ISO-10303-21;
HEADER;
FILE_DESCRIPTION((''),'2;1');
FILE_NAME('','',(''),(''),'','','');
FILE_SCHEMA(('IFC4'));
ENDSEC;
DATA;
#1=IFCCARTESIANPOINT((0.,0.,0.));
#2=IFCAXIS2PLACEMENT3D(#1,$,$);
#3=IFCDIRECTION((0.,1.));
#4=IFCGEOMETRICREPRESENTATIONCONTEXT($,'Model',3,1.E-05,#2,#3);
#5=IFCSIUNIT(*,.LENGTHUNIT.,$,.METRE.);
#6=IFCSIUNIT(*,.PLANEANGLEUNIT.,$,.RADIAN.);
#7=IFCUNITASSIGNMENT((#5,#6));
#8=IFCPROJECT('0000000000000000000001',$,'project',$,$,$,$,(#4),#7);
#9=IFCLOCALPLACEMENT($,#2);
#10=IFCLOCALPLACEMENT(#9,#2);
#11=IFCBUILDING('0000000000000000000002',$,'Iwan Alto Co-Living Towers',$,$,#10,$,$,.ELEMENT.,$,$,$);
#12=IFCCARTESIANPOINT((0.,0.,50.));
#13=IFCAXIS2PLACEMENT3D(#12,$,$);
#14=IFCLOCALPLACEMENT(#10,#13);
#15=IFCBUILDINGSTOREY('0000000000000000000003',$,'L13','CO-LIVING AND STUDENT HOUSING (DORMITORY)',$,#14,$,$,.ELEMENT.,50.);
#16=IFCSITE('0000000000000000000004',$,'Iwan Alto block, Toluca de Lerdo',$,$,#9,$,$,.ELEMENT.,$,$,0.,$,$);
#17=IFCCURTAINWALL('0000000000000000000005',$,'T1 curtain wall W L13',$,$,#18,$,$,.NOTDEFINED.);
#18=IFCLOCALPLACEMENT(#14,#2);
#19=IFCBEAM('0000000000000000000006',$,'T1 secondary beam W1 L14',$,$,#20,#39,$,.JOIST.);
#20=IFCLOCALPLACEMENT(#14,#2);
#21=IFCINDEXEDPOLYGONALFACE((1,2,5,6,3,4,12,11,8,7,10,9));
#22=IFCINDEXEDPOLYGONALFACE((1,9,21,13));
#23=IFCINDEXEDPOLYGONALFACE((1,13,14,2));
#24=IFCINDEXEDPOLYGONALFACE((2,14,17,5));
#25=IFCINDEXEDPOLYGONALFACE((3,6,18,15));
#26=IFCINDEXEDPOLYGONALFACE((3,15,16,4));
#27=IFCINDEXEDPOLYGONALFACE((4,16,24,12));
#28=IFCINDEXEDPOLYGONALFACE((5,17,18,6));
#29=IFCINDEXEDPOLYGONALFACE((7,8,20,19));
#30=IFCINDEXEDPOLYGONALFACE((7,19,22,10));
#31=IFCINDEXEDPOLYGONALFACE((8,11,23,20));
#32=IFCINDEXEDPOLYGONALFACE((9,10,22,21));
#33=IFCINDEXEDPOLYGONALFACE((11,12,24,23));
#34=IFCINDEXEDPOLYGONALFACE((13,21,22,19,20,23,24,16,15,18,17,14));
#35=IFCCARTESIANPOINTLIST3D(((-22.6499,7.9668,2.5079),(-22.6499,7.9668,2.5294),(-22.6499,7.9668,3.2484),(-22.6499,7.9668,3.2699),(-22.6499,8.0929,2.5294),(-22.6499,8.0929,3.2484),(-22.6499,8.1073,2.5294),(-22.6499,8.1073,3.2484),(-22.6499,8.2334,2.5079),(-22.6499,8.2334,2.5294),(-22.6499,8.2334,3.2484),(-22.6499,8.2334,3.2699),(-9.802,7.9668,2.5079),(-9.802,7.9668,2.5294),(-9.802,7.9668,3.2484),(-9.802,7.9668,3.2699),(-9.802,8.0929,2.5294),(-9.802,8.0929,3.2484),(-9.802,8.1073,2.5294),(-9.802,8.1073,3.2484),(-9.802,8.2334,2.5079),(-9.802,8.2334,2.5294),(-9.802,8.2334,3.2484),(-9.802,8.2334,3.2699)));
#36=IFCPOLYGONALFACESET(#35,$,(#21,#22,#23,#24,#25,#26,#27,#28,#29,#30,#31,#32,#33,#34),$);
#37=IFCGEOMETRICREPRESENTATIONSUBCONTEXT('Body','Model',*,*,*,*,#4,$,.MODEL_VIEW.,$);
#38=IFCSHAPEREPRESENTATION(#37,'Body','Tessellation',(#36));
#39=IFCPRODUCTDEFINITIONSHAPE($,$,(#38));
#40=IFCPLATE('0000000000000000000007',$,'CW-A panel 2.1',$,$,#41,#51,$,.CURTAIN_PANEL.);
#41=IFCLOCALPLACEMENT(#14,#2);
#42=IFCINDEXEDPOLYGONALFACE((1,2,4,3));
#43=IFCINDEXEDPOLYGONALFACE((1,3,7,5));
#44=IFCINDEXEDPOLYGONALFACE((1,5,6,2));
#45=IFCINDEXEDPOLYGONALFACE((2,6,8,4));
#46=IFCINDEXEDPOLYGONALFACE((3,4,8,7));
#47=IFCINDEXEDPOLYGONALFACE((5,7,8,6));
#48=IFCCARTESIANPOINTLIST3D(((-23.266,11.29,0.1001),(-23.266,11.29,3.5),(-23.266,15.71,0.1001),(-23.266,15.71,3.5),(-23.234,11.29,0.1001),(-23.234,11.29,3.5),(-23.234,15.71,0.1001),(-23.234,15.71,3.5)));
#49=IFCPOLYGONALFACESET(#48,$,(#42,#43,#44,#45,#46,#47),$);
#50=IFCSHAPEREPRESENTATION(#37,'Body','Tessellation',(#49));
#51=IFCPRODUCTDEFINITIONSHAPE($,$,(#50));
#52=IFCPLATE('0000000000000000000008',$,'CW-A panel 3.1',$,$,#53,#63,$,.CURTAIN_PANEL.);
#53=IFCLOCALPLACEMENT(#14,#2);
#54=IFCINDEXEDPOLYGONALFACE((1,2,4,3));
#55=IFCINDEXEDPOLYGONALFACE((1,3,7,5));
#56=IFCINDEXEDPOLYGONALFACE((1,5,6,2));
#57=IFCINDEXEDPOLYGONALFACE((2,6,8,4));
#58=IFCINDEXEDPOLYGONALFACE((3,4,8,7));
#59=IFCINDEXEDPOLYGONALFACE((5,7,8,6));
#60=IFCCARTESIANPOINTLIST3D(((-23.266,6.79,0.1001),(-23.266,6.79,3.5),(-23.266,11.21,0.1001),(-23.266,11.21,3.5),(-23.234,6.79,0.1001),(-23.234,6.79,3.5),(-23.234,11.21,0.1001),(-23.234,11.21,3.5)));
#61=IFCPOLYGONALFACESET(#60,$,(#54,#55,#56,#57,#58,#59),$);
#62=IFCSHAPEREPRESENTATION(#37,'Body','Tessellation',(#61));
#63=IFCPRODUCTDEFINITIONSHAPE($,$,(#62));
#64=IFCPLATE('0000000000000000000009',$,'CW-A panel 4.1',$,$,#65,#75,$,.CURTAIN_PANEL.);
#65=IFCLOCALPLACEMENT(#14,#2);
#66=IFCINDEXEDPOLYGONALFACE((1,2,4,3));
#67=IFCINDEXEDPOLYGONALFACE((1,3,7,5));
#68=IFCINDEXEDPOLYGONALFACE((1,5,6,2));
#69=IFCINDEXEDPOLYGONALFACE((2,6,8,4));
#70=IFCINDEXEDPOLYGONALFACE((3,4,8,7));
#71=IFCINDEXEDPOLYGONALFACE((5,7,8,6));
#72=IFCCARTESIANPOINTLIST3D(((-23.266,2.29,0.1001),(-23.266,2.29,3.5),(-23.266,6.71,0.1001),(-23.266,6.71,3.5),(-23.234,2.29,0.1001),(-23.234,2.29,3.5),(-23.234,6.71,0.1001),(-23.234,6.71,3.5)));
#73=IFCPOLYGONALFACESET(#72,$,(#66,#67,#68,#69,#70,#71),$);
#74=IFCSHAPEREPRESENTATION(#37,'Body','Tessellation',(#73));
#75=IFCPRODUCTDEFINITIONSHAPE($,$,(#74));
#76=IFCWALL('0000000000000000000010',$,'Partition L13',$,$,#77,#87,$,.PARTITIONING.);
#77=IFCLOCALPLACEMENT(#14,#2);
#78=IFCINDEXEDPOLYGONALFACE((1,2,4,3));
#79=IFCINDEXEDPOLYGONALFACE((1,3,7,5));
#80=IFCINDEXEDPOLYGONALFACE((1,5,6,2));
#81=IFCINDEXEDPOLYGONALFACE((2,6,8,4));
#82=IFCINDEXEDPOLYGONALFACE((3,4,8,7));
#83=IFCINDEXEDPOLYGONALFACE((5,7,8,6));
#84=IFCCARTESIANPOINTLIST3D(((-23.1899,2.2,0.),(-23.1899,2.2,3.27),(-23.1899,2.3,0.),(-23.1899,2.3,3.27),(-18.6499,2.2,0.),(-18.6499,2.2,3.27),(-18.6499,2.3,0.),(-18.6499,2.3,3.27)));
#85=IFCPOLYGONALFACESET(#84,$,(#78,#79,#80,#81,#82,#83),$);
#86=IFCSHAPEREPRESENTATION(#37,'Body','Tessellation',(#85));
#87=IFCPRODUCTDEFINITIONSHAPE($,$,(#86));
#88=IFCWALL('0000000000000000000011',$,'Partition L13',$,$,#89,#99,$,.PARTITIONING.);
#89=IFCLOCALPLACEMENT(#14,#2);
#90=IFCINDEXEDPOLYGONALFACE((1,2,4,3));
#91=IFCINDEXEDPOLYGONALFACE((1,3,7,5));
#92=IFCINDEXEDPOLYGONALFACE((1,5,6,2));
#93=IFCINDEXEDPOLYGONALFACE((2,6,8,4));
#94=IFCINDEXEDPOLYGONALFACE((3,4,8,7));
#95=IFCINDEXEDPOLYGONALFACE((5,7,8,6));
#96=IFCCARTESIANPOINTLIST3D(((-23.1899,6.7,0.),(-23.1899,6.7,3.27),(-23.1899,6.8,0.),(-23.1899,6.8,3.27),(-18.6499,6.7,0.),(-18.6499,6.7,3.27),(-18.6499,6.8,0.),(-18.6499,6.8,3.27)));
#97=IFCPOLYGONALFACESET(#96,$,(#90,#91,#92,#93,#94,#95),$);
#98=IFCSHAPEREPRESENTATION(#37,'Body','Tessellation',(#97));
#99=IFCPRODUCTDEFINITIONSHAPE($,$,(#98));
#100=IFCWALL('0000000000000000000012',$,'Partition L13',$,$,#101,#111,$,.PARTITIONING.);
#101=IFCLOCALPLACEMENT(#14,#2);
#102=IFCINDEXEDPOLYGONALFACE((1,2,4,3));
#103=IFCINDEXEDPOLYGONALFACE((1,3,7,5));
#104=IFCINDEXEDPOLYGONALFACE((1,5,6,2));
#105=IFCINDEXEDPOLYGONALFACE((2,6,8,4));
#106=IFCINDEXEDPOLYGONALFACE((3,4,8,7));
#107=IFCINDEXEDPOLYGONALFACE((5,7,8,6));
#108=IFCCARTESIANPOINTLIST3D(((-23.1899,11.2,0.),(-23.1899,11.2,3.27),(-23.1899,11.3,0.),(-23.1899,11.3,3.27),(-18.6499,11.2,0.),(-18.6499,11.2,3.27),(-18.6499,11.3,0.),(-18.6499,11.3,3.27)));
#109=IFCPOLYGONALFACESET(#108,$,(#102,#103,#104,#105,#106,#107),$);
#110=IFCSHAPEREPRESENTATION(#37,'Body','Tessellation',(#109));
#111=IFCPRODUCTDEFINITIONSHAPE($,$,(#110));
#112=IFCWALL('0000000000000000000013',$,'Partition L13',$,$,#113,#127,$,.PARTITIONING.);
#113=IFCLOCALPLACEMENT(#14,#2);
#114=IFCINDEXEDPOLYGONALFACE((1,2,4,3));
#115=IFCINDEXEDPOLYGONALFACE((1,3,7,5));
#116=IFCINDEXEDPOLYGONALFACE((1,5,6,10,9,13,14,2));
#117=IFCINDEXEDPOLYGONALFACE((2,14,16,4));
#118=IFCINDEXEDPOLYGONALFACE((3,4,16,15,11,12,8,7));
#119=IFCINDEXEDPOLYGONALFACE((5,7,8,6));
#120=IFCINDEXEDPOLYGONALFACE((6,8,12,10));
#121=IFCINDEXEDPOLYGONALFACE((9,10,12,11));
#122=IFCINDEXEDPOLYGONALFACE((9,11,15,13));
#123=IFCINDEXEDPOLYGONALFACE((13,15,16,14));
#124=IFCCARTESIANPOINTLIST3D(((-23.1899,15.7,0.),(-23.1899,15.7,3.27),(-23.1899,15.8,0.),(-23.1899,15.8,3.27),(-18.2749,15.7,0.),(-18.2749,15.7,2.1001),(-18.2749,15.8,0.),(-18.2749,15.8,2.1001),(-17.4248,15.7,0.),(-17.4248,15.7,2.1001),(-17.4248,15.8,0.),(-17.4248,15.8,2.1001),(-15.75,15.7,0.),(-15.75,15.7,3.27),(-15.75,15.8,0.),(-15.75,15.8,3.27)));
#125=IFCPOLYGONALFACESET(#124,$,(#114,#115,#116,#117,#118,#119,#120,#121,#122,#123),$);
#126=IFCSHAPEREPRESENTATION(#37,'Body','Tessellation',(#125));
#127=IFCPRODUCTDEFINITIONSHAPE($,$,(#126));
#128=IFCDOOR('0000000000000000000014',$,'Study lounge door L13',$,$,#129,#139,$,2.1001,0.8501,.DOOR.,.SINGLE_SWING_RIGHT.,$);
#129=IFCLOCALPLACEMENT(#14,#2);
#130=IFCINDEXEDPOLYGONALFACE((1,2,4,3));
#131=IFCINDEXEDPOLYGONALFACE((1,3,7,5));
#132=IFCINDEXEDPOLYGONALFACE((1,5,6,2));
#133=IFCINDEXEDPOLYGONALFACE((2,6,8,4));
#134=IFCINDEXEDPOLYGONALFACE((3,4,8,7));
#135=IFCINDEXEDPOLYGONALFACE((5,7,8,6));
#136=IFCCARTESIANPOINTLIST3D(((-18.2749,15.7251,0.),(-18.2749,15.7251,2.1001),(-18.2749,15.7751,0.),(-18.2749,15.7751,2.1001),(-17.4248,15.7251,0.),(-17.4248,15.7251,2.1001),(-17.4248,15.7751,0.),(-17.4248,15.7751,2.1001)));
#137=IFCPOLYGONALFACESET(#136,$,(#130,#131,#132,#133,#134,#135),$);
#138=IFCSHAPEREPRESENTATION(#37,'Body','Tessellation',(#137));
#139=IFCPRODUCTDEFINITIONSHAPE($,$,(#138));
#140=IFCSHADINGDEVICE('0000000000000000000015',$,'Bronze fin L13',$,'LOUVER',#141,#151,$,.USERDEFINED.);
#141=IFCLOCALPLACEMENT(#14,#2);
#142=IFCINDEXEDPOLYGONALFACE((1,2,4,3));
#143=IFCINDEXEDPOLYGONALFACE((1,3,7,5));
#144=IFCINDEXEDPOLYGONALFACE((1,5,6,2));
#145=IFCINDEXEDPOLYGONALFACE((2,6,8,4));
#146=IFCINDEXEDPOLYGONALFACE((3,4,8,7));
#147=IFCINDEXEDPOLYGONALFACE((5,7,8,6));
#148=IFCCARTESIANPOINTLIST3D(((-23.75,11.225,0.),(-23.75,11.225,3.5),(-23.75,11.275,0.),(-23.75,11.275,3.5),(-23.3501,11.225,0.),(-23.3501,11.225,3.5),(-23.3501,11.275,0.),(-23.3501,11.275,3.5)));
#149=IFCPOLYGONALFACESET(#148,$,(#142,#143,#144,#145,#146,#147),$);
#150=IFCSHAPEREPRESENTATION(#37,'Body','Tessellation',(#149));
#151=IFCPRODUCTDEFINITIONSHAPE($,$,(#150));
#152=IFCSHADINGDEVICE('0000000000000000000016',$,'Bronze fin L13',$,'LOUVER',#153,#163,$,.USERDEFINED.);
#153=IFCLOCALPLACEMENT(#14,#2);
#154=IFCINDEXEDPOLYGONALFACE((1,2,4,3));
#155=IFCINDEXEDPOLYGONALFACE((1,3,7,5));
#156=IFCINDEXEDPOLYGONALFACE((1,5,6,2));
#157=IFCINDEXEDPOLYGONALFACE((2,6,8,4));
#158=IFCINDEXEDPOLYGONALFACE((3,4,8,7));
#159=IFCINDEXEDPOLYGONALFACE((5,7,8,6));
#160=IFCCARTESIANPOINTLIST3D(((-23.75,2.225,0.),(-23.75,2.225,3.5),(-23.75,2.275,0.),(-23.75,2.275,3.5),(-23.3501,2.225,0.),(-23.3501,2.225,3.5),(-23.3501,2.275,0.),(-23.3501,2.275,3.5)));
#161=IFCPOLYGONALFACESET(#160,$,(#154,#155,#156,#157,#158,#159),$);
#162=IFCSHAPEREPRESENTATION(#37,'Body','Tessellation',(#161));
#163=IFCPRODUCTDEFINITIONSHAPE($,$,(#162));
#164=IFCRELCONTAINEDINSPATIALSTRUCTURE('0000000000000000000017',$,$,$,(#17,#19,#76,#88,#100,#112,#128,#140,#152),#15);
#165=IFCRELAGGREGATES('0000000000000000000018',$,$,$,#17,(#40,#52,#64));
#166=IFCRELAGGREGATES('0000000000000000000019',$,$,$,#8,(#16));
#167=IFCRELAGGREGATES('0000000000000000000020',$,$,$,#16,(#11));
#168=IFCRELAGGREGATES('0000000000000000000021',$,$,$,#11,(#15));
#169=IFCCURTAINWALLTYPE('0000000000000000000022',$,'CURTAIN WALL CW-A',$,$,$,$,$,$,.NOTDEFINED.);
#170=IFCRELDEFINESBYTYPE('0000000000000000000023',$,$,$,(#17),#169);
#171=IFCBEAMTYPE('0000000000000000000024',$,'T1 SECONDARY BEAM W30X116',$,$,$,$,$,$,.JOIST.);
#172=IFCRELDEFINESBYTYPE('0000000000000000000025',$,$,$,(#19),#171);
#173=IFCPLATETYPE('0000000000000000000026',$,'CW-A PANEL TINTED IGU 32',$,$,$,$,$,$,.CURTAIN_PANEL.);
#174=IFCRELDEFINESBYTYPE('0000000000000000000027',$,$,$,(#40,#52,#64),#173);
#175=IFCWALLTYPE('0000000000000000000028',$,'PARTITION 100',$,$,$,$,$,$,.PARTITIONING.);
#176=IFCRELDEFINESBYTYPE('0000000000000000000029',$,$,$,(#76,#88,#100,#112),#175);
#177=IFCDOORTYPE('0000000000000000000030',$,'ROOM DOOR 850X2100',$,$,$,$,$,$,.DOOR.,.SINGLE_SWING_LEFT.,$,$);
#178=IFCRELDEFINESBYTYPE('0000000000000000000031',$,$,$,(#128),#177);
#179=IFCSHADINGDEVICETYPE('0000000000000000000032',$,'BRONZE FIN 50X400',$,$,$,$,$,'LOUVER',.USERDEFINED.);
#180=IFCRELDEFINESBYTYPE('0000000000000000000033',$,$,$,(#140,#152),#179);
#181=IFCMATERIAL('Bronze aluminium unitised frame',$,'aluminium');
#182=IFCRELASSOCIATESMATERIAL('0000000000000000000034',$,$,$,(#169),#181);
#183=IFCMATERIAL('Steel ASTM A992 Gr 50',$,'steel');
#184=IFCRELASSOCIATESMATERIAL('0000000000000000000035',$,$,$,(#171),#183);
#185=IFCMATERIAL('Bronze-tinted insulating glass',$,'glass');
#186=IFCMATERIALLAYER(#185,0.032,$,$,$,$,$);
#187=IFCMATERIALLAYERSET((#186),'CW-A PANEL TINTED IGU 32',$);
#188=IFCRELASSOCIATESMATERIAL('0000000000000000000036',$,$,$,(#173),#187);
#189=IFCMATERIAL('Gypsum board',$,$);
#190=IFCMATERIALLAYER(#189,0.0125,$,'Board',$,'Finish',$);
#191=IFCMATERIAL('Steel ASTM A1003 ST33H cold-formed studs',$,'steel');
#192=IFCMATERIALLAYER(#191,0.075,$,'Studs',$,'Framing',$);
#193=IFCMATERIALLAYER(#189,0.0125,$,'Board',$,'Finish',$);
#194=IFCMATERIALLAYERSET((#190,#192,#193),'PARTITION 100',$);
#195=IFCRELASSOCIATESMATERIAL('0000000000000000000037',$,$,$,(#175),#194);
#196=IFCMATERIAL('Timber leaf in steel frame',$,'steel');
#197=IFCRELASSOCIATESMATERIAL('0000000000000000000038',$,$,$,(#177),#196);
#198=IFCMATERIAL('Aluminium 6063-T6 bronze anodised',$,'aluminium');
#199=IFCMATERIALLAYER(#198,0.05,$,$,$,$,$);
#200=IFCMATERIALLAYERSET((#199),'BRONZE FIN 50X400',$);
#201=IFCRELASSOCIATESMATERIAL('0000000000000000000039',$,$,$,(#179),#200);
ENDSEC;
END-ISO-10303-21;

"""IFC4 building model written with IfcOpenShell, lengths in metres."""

from ifc_helpers import new_model, si_unit, direction, frame, frame_2d, origin, origin_2d, place, context, subcontext, project, spatial, rectangle, i_section, extrude, material, layer, layer_set, material_profile, profile_set, type_object, element, fill, aggregate, save


model = new_model("IFC4")

# Units and contexts
model_context = context("Model", 3, precision=1e-05, world=origin(), true_north=direction((0.0, 1.0)))
body_context = subcontext(model_context, "Body", "Model", "MODEL_VIEW")
ifc_project = project(units=[si_unit("LENGTHUNIT", "METRE"), si_unit("PLANEANGLEUNIT", "RADIAN")], contexts=[model_context])

# Site, building, storey
site_placement = place(None, origin())
site = spatial("IfcSite", under=ifc_project, at=site_placement, Name="Iwan Alto block, Toluca de Lerdo", CompositionType="ELEMENT", RefElevation=0.0)
building_placement = place(site_placement, origin())
building = spatial("IfcBuilding", under=site, at=building_placement, Name="Iwan Alto Co-Living Towers", CompositionType="ELEMENT")
storey_placement = place(building_placement, frame((0.0, 0.0, 50.0)))
storey = spatial("IfcBuildingStorey", under=building, at=storey_placement, Name="L13", Description="CO-LIVING AND STUDENT HOUSING (DORMITORY)", CompositionType="ELEMENT", Elevation=50.0)

# Curtain wall
ifc_material_1 = material(Name="Bronze aluminium unitised frame", Category="aluminium")
curtain_wall_type = type_object("IfcCurtainWallType", Name="CURTAIN WALL CW-A", PredefinedType="NOTDEFINED", material=ifc_material_1)
curtain_wall_placement = place(storey_placement, origin())
curtain_wall = element("IfcCurtainWall", 1, at=curtain_wall_placement, inside=storey, type_object=curtain_wall_type, Name="T1 curtain wall W L13", PredefinedType="NOTDEFINED")

# Beam
ifc_material_2 = material(Name="Steel ASTM A992 Gr 50", Category="steel")
ifc_material_profile_1 = material_profile(ifc_material_2, i_section(OverallWidth=0.2666, OverallDepth=0.762, WebThickness=0.0144, FlangeThickness=0.0215, at=origin_2d()), Name="W30X116")
ifc_profile_set_1 = profile_set([ifc_material_profile_1], Name="Steel ASTM A992 Gr 50")
beam_type_1 = type_object("IfcBeamType", Name="T1 SECONDARY BEAM W30X116", PredefinedType="JOIST", material=ifc_profile_set_1)
beam_1_placement = place(storey_placement, frame((-22.6499, 8.1001, 2.8889), z_axis=(1.0, 0.0, 0.0), x_axis=(0.0, 1.0, 0.0)))
element("IfcBeam", 2, at=beam_1_placement, inside=storey, type_object=beam_type_1, Name="T1 secondary beam W1 L14", PredefinedType="JOIST", context=body_context, shape_type="SweptSolid", body=[
    extrude(i_section(OverallWidth=0.2666, OverallDepth=0.762, WebThickness=0.0144, FlangeThickness=0.0215, at=origin_2d()), origin(), (0.0, 0.0, 1.0), 12.8479),
])

# Plates
ifc_material_3 = material(Name="Bronze-tinted insulating glass", Category="glass")
ifc_layer_1 = layer(ifc_material_3, 0.032)
ifc_layer_set_1 = layer_set([ifc_layer_1], Name="CW-A PANEL TINTED IGU 32")
plate_type = type_object("IfcPlateType", Name="CW-A PANEL TINTED IGU 32", PredefinedType="CURTAIN_PANEL", material=ifc_layer_set_1)
plate_1_placement = place(storey_placement, frame((-23.25, 13.5, 0.1001), z_axis=(0.0, 0.0, 1.0), x_axis=(0.0, -1.0, 0.0)))
plate_1 = element("IfcPlate", 3, at=plate_1_placement, type_object=plate_type, Name="CW-A panel 2.1", PredefinedType="CURTAIN_PANEL", context=body_context, shape_type="SweptSolid", body=[
    extrude(rectangle(XDim=4.4199, YDim=0.032, at=origin_2d()), origin(), (0.0, 0.0, 1.0), 3.3999),
])
plate_2_placement = place(storey_placement, frame((-23.25, 9.0, 0.1001), z_axis=(0.0, 0.0, 1.0), x_axis=(0.0, -1.0, 0.0)))
plate_2 = element("IfcPlate", 4, at=plate_2_placement, type_object=plate_type, Name="CW-A panel 3.1", PredefinedType="CURTAIN_PANEL", context=body_context, shape_type="SweptSolid", body=[
    extrude(rectangle(XDim=4.4199, YDim=0.032, at=origin_2d()), origin(), (0.0, 0.0, 1.0), 3.3999),
])
plate_3_placement = place(storey_placement, frame((-23.25, 4.5, 0.1001), z_axis=(0.0, 0.0, 1.0), x_axis=(0.0, -1.0, 0.0)))
plate_3 = element("IfcPlate", 5, at=plate_3_placement, type_object=plate_type, Name="CW-A panel 4.1", PredefinedType="CURTAIN_PANEL", context=body_context, shape_type="SweptSolid", body=[
    extrude(rectangle(XDim=4.4199, YDim=0.032, at=origin_2d()), origin(), (0.0, 0.0, 1.0), 3.3999),
])
aggregate(curtain_wall, [plate_1, plate_2, plate_3])

# Walls
ifc_material_4 = material(Name="Gypsum board")
ifc_layer_2 = layer(ifc_material_4, 0.0125, Name="Board", Category="Finish")
ifc_material_5 = material(Name="Steel ASTM A1003 ST33H cold-formed studs", Category="steel")
ifc_layer_3 = layer(ifc_material_5, 0.075, Name="Studs", Category="Framing")
ifc_layer_4 = layer(ifc_material_4, 0.0125, Name="Board", Category="Finish")
ifc_layer_set_2 = layer_set([ifc_layer_2, ifc_layer_3, ifc_layer_4], Name="PARTITION 100")
wall_type = type_object("IfcWallType", Name="PARTITION 100", PredefinedType="PARTITIONING", material=ifc_layer_set_2)
for number, where, z_axis, x_axis, name in (
    (6, (-23.1899, 2.25, 0.0), (0.0, 0.0, 1.0), (1.0, 0.0, 0.0), "Partition L13"),
    (7, (-23.1899, 6.75, 0.0), (0.0, 0.0, 1.0), (1.0, 0.0, 0.0), "Partition L13"),
    (8, (-23.1899, 11.25, 0.0), (0.0, 0.0, 1.0), (1.0, 0.0, 0.0), "Partition L13"),
):
    element("IfcWall", number, at=place(storey_placement, frame(where, z_axis=z_axis, x_axis=x_axis)), inside=storey, type_object=wall_type, Name=name, PredefinedType="PARTITIONING", context=body_context, shape_type="SweptSolid", body=[
        extrude(rectangle(XDim=4.54, YDim=0.1001, at=frame_2d((2.27, 0.0))), origin(), (0.0, 0.0, 1.0), 3.27),
    ])

# Wall, opening, door
wall_placement = place(storey_placement, frame((-23.1899, 15.75, 0.0), z_axis=(0.0, 0.0, 1.0), x_axis=(1.0, 0.0, 0.0)))
wall = element("IfcWall", 9, at=wall_placement, inside=storey, type_object=wall_type, Name="Partition L13", PredefinedType="PARTITIONING", context=body_context, shape_type="SweptSolid", body=[
    extrude(rectangle(XDim=7.4399, YDim=0.1001, at=frame_2d((3.72, 0.0))), origin(), (0.0, 0.0, 1.0), 3.27),
])
opening_placement = place(wall_placement, frame((4.915, 0.0, 0.0)))
opening = element("IfcOpeningElement", 10, at=opening_placement, cuts=wall, PredefinedType="OPENING", context=body_context, shape_type="SweptSolid", body=[
    extrude(rectangle(XDim=0.8501, YDim=2.1001, at=frame_2d((0.425, 1.05))), frame((0.0, 0.0601, 0.0), z_axis=(0.0, -1.0, 0.0), x_axis=(1.0, 0.0, 0.0)), (0.0, 0.0, 1.0), 0.1201),
])
ifc_material_6 = material(Name="Timber leaf in steel frame", Category="steel")
door_type = type_object("IfcDoorType", Name="ROOM DOOR 850X2100", OperationType="SINGLE_SWING_LEFT", PredefinedType="DOOR", material=ifc_material_6)
door_placement = place(opening_placement, frame((0.8501, 0.0, 0.0), z_axis=(0.0, 0.0, 1.0), x_axis=(-1.0, 0.0, 0.0)))
door = element("IfcDoor", 11, at=door_placement, inside=storey, type_object=door_type, Name="Study lounge door L13", OperationType="SINGLE_SWING_RIGHT", OverallHeight=2.1001, OverallWidth=0.8501, PredefinedType="DOOR", context=body_context, shape_type="SweptSolid", body=[
    extrude(rectangle(XDim=0.8501, YDim=2.1001, at=frame_2d((0.425, 1.05))), frame((0.0, 0.0249, 0.0), z_axis=(0.0, -1.0, 0.0), x_axis=(1.0, 0.0, 0.0)), (0.0, 0.0, 1.0), 0.05),
])
fill(opening, door)

# Shading devices
ifc_material_7 = material(Name="Aluminium 6063-T6 bronze anodised", Category="aluminium")
ifc_layer_5 = layer(ifc_material_7, 0.05)
ifc_layer_set_3 = layer_set([ifc_layer_5], Name="BRONZE FIN 50X400")
shading_device_type = type_object("IfcShadingDeviceType", Name="BRONZE FIN 50X400", ElementType="LOUVER", PredefinedType="USERDEFINED", material=ifc_layer_set_3)
for number, where, z_axis, x_axis, name in (
    (12, (-23.55, 11.25, 0.0), (0.0, 0.0, 1.0), (0.0, -1.0, 0.0), "Bronze fin L13"),
    (13, (-23.55, 2.25, 0.0), (0.0, 0.0, 1.0), (0.0, -1.0, 0.0), "Bronze fin L13"),
):
    element("IfcShadingDevice", number, at=place(storey_placement, frame(where, z_axis=z_axis, x_axis=x_axis)), inside=storey, type_object=shading_device_type, Name=name, ObjectType="LOUVER", PredefinedType="USERDEFINED", context=body_context, shape_type="SweptSolid", body=[
        extrude(rectangle(XDim=0.05, YDim=0.3999, at=origin_2d()), origin(), (0.0, 0.0, 1.0), 3.5),
    ])

save(model, "model.ifc")
